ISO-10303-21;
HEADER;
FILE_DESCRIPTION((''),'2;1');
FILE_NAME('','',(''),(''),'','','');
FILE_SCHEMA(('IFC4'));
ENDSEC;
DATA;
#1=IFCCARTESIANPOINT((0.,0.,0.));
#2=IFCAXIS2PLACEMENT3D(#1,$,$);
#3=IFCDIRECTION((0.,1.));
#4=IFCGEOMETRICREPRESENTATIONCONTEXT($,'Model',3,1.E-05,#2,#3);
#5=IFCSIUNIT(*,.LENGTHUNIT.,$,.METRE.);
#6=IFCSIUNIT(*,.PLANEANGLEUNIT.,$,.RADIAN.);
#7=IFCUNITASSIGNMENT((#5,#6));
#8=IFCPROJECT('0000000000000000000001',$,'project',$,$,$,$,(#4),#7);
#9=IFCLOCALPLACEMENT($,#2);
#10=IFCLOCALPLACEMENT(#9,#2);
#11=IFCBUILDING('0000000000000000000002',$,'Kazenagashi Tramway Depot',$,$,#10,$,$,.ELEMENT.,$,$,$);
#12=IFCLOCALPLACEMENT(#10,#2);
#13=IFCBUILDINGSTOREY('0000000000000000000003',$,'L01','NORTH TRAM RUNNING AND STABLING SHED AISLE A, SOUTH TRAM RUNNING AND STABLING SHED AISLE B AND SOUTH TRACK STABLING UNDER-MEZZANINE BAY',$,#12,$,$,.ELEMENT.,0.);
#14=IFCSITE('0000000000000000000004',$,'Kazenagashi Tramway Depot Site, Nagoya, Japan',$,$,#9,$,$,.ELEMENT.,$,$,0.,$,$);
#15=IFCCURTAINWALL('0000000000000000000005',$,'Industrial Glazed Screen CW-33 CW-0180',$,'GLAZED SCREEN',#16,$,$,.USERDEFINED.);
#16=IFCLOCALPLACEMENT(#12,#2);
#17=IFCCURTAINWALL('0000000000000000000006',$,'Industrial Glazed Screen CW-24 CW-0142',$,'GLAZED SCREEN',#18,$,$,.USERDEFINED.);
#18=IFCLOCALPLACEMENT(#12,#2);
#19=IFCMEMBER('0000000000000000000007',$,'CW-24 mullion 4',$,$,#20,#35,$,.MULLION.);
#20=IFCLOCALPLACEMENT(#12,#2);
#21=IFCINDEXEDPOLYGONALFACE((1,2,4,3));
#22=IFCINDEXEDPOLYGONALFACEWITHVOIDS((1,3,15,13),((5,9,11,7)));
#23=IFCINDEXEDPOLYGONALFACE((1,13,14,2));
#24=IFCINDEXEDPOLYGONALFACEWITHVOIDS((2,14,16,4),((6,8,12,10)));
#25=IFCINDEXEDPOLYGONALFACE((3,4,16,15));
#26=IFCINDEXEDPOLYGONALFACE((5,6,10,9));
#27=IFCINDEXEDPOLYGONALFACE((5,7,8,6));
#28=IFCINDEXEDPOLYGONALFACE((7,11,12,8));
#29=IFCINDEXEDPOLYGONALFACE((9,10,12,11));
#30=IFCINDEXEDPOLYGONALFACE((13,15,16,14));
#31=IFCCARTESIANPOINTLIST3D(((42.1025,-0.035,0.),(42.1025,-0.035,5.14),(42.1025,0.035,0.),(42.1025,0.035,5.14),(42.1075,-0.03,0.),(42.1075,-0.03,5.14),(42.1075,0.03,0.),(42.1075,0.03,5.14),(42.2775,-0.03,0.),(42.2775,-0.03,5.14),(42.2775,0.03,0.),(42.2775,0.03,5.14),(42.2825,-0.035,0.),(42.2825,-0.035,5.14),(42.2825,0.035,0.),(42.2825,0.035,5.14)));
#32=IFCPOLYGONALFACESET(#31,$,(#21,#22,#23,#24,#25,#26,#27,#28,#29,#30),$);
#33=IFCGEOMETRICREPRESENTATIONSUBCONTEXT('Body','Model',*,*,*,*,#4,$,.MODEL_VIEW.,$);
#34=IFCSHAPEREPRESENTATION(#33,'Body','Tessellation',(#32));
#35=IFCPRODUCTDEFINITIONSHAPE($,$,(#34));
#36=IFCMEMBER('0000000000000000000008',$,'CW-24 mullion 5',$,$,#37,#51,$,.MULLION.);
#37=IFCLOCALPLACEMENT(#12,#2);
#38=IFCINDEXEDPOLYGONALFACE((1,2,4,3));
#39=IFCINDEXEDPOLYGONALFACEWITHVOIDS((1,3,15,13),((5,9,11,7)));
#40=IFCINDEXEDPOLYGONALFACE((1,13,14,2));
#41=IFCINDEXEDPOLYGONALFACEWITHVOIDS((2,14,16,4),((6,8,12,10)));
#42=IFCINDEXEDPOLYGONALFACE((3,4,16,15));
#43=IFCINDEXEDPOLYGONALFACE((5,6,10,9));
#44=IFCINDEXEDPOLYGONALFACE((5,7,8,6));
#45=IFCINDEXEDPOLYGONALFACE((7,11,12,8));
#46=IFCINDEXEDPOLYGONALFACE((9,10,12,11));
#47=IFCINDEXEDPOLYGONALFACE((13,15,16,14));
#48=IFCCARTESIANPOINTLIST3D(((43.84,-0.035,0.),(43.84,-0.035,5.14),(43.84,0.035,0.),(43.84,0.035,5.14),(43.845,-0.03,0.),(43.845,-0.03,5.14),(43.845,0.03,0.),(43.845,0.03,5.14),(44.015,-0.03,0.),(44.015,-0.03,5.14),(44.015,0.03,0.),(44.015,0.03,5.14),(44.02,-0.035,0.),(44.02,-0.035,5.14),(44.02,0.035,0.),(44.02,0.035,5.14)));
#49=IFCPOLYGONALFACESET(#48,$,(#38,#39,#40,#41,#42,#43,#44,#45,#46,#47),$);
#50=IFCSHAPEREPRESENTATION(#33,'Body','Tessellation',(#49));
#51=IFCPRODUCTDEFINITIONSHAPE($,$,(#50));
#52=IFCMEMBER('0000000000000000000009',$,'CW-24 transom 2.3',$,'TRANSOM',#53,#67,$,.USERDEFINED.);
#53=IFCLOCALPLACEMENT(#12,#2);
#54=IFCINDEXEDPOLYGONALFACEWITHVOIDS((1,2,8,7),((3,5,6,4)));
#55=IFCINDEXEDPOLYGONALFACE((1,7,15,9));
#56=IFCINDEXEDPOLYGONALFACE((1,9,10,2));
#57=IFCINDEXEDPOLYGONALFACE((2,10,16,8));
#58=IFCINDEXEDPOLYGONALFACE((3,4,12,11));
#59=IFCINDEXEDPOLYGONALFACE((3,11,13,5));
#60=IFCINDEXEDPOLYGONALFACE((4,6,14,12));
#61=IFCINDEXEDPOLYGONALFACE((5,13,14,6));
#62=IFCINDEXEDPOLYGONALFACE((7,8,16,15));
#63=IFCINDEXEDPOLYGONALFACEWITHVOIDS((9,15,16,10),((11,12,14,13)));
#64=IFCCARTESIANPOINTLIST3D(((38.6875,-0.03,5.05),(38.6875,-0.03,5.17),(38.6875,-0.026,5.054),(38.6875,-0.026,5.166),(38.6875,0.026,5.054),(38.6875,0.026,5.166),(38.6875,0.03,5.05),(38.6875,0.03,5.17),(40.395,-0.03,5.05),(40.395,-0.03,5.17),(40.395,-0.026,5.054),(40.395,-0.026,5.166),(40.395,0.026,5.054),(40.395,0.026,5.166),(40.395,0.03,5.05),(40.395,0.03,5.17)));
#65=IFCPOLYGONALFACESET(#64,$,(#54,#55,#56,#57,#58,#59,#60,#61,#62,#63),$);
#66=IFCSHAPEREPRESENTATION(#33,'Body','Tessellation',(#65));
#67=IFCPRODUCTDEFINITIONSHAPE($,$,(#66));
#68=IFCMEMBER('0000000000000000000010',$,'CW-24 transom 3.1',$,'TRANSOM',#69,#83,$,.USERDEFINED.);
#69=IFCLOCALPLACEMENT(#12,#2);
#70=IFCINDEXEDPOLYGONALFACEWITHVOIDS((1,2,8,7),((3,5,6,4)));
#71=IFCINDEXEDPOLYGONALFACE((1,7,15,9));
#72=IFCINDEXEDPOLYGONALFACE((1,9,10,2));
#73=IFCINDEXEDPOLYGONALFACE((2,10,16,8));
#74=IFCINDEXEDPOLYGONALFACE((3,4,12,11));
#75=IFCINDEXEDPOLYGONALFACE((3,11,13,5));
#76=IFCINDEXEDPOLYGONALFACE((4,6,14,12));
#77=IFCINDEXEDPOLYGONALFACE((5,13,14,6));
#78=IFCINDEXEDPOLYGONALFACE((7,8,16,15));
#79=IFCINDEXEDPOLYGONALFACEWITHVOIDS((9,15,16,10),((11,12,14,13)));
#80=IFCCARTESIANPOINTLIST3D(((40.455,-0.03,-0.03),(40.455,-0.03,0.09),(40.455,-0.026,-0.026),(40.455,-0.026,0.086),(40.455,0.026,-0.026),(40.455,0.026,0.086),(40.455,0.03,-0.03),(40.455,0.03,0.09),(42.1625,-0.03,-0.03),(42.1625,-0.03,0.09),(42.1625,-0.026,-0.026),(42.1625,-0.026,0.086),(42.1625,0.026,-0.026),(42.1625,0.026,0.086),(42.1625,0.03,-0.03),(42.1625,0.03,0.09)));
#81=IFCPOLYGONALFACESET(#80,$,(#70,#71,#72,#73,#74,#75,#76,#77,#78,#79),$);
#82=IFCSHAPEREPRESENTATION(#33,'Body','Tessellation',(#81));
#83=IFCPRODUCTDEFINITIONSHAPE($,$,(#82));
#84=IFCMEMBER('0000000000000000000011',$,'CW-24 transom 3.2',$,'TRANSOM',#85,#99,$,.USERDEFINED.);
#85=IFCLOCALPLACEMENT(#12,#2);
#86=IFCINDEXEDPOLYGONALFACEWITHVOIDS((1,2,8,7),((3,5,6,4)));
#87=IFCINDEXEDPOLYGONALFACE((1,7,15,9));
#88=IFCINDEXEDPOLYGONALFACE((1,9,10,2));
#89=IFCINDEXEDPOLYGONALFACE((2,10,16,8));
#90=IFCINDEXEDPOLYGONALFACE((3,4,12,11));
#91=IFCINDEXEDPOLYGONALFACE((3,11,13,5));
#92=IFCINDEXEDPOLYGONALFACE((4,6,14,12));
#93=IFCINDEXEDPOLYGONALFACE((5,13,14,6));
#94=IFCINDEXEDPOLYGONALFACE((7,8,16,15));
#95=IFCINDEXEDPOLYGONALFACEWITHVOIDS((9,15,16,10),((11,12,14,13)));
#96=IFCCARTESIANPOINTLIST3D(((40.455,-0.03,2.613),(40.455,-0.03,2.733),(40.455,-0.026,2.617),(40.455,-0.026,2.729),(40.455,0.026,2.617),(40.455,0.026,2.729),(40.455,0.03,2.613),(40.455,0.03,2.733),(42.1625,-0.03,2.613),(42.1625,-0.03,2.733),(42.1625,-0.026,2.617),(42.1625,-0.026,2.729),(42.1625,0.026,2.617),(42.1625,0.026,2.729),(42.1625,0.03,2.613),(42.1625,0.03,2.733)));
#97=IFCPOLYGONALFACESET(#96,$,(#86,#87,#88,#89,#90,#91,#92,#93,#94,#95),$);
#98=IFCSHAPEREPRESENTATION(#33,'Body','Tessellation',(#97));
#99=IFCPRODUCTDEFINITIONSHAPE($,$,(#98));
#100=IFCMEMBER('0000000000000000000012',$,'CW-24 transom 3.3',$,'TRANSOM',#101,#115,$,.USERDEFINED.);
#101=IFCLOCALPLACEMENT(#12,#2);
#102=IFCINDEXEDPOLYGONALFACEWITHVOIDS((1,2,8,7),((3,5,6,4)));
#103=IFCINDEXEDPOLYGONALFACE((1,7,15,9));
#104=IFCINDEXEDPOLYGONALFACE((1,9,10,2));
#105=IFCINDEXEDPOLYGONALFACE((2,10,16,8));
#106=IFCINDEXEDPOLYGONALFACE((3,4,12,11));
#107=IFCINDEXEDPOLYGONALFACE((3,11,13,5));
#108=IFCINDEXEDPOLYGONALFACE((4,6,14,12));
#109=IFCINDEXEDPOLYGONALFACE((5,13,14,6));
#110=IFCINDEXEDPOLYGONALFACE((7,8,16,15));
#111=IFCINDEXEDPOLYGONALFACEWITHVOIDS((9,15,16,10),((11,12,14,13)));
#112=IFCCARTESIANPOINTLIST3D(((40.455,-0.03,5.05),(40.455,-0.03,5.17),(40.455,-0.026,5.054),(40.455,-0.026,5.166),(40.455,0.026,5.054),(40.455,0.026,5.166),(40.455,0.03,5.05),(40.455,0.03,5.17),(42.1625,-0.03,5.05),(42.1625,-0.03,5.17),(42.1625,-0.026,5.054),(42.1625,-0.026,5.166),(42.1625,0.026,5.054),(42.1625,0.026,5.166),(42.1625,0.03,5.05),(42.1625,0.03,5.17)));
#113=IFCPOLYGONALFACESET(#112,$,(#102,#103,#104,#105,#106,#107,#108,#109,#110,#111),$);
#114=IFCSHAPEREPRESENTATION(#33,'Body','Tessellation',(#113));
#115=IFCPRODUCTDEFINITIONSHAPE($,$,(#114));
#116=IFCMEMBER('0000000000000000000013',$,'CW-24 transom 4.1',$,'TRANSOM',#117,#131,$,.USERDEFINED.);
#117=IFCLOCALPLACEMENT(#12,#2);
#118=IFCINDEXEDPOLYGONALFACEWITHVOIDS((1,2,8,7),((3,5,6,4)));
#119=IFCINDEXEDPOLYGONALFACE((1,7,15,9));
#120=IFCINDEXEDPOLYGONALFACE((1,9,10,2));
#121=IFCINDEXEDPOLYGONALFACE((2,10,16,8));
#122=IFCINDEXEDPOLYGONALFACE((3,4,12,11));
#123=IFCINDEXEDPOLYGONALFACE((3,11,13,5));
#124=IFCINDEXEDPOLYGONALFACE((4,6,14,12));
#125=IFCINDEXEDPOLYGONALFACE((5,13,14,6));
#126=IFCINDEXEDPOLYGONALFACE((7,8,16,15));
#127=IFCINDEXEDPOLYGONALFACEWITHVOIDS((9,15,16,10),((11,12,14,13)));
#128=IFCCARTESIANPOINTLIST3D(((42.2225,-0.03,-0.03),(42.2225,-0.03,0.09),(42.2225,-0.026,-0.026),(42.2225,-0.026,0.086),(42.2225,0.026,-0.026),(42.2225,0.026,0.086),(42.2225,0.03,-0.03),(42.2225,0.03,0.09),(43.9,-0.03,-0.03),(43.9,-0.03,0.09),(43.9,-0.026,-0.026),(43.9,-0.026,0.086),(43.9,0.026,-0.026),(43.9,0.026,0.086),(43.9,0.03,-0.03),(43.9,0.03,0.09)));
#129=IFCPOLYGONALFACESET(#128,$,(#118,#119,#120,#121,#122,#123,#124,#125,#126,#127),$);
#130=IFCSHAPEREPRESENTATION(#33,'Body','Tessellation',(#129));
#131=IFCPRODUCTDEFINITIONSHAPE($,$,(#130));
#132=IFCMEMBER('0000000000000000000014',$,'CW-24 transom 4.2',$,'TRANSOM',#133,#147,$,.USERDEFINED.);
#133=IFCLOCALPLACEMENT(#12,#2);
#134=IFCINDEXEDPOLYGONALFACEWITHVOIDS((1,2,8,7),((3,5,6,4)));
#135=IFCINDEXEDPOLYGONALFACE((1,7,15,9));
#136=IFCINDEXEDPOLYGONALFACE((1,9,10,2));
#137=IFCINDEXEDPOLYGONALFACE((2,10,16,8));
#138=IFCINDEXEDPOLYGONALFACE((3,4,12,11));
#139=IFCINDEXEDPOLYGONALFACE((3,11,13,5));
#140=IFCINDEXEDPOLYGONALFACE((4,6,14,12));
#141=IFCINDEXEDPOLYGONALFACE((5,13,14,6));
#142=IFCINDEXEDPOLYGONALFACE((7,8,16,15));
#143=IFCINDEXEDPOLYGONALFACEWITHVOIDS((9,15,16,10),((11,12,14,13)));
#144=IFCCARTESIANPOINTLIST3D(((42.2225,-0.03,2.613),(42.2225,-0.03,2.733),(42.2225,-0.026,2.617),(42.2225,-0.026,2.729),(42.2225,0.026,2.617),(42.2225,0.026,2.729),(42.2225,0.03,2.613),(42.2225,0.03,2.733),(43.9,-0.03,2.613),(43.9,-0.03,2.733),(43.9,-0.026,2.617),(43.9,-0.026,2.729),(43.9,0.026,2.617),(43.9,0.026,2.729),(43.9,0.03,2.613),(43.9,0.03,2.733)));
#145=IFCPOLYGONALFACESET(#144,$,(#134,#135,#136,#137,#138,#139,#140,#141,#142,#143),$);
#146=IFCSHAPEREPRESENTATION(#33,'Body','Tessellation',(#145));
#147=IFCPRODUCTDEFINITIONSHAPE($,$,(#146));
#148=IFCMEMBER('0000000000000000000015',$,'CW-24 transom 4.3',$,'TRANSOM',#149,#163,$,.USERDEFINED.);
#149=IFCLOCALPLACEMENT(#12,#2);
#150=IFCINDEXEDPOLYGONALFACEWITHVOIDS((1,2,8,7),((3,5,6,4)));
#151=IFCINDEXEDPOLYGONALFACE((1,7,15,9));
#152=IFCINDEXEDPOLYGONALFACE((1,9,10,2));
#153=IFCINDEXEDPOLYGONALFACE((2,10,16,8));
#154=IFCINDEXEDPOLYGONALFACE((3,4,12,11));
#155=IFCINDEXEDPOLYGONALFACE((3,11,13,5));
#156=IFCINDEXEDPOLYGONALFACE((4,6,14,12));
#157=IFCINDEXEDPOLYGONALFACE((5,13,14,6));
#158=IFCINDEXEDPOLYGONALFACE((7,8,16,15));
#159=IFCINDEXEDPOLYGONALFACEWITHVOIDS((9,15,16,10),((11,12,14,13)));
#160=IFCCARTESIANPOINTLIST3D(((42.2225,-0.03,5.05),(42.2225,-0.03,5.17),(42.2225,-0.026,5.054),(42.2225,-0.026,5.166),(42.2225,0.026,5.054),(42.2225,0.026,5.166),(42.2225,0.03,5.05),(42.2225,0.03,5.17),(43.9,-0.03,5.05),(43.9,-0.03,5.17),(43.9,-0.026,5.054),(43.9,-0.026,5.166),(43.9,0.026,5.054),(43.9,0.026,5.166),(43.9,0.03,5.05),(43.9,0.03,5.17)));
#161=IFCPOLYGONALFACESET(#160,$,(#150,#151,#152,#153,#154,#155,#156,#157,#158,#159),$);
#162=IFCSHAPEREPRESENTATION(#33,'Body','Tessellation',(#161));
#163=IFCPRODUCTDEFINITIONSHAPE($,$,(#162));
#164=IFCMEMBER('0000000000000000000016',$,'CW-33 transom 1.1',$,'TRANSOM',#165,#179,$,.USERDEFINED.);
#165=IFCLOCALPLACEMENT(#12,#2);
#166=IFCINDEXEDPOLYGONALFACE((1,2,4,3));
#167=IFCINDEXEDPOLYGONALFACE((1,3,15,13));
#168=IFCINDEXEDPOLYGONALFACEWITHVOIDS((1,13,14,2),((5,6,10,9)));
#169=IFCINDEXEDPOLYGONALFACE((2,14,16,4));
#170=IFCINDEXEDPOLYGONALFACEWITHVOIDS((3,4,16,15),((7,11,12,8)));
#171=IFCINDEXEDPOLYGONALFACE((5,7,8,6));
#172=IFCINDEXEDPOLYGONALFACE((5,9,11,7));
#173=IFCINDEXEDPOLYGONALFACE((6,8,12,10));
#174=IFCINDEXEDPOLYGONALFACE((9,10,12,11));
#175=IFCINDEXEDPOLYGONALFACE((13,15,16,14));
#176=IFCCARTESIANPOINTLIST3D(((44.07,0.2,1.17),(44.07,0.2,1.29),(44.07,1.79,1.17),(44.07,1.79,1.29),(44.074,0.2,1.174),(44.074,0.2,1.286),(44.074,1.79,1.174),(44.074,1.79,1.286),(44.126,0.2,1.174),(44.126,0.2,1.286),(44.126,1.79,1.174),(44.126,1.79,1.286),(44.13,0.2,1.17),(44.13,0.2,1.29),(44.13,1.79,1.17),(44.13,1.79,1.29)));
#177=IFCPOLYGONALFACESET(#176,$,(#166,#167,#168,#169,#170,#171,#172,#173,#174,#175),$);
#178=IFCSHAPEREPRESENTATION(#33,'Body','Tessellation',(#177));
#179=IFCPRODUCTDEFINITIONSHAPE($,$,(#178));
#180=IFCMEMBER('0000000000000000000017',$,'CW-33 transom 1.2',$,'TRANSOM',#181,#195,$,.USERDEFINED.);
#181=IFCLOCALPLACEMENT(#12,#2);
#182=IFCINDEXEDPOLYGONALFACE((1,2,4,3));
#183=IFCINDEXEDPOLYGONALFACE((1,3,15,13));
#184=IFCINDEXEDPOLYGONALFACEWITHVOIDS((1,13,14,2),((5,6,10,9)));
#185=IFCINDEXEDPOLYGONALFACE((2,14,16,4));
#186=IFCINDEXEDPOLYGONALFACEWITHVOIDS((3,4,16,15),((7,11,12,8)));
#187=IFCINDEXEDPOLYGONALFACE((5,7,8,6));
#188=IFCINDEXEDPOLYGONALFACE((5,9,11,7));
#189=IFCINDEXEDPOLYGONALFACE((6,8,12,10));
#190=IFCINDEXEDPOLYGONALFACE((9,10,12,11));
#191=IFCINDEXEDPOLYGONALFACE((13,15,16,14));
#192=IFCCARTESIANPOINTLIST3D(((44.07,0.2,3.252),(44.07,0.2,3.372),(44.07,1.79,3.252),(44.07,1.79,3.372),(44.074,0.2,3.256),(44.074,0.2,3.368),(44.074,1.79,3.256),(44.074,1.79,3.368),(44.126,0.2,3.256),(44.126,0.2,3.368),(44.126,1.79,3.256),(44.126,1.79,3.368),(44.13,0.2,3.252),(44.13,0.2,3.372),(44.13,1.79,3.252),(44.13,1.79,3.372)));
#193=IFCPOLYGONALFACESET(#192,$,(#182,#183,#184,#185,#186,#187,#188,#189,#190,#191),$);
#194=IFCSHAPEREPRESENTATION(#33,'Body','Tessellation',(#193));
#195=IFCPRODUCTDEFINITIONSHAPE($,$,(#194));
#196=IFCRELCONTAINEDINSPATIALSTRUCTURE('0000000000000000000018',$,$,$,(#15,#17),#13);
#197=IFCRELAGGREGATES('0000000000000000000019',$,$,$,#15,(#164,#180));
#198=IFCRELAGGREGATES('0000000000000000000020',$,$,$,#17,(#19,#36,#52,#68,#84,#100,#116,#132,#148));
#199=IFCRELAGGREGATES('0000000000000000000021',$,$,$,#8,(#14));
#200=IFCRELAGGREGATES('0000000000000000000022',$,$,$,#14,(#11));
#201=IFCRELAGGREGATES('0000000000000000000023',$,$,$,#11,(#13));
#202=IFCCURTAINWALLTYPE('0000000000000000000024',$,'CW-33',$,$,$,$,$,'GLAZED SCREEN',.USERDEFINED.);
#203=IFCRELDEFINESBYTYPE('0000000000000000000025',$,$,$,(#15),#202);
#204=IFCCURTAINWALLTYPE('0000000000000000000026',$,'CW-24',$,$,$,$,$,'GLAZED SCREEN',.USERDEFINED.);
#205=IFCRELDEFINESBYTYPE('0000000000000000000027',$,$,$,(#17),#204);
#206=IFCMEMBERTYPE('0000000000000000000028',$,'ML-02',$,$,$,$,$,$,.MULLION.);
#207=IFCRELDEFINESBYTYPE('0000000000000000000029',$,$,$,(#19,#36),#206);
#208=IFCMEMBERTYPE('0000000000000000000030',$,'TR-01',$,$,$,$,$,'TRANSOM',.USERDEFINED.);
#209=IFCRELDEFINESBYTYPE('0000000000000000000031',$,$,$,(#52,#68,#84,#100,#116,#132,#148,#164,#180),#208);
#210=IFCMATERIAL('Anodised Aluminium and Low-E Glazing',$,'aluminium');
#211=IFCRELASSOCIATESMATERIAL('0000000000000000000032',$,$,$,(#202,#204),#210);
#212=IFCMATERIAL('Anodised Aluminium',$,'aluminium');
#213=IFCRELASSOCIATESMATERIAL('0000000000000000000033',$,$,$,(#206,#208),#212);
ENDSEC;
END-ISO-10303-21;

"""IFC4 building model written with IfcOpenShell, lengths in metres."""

from ifc_helpers import new_model, si_unit, direction, frame, origin, origin_2d, place, context, subcontext, project, spatial, hollow_rectangle, extrude, material, material_profile, profile_set, type_object, element, aggregate, save


model = new_model("IFC4")

# Units and contexts
model_context = context("Model", 3, precision=1e-05, world=origin(), true_north=direction((0.0, 1.0)))
body_context = subcontext(model_context, "Body", "Model", "MODEL_VIEW")
ifc_project = project(units=[si_unit("LENGTHUNIT", "METRE"), si_unit("PLANEANGLEUNIT", "RADIAN")], contexts=[model_context])

# Site, building, storey
site_placement = place(None, origin())
site = spatial("IfcSite", under=ifc_project, at=site_placement, Name="Kazenagashi Tramway Depot Site, Nagoya, Japan", CompositionType="ELEMENT", RefElevation=0.0)
building_placement = place(site_placement, origin())
building = spatial("IfcBuilding", under=site, at=building_placement, Name="Kazenagashi Tramway Depot", CompositionType="ELEMENT")
storey_placement = place(building_placement, origin())
storey = spatial("IfcBuildingStorey", under=building, at=storey_placement, Name="L01", Description="NORTH TRAM RUNNING AND STABLING SHED AISLE A, SOUTH TRAM RUNNING AND STABLING SHED AISLE B AND SOUTH TRACK STABLING UNDER-MEZZANINE BAY", CompositionType="ELEMENT", Elevation=0.0)

# Curtain walls, members
ifc_material_1 = material(Name="Anodised Aluminium and Low-E Glazing", Category="aluminium")
curtain_wall_type_1 = type_object("IfcCurtainWallType", Name="CW-33", ElementType="GLAZED SCREEN", PredefinedType="USERDEFINED", material=ifc_material_1)
curtain_wall_1_placement = place(storey_placement, origin())
curtain_wall_1 = element("IfcCurtainWall", 1, at=curtain_wall_1_placement, inside=storey, type_object=curtain_wall_type_1, Name="Industrial Glazed Screen CW-33 CW-0180", ObjectType="GLAZED SCREEN", PredefinedType="USERDEFINED")
ifc_material_2 = material(Name="Anodised Aluminium", Category="aluminium")
curtain_wall_type_2 = type_object("IfcCurtainWallType", Name="CW-24", ElementType="GLAZED SCREEN", PredefinedType="USERDEFINED", material=ifc_material_1)
curtain_wall_2_placement = place(storey_placement, origin())
curtain_wall_2 = element("IfcCurtainWall", 2, at=curtain_wall_2_placement, inside=storey, type_object=curtain_wall_type_2, Name="Industrial Glazed Screen CW-24 CW-0142", ObjectType="GLAZED SCREEN", PredefinedType="USERDEFINED")
ifc_material_profile_1 = material_profile(ifc_material_2, hollow_rectangle(XDim=0.07, YDim=0.18, WallThickness=0.005, at=origin_2d()), Name="RHS-180x70x5")
ifc_profile_set_1 = profile_set([ifc_material_profile_1], Name="Anodised Aluminium")
member_type_1 = type_object("IfcMemberType", Name="ML-02", PredefinedType="MULLION", material=ifc_profile_set_1)
member_1_placement = place(storey_placement, frame((42.1925, 0.0, 0.0), z_axis=(0.0, 0.0, 1.0), x_axis=(0.0, 1.0, 0.0)))
member_1 = element("IfcMember", 3, at=member_1_placement, type_object=member_type_1, Name="CW-24 mullion 4", PredefinedType="MULLION", context=body_context, shape_type="SweptSolid", body=[
    extrude(hollow_rectangle(XDim=0.07, YDim=0.18, WallThickness=0.005, at=origin_2d()), origin(), (0.0, 0.0, 1.0), 5.14),
])
member_2_placement = place(storey_placement, frame((43.93, 0.0, 0.0), z_axis=(0.0, 0.0, 1.0), x_axis=(0.0, 1.0, 0.0)))
member_2 = element("IfcMember", 4, at=member_2_placement, type_object=member_type_1, Name="CW-24 mullion 5", PredefinedType="MULLION", context=body_context, shape_type="SweptSolid", body=[
    extrude(hollow_rectangle(XDim=0.07, YDim=0.18, WallThickness=0.005, at=origin_2d()), origin(), (0.0, 0.0, 1.0), 5.14),
])
ifc_material_profile_2 = material_profile(ifc_material_2, hollow_rectangle(XDim=0.06, YDim=0.12, WallThickness=0.004, at=origin_2d()), Name="RHS-120x60x4")
ifc_profile_set_2 = profile_set([ifc_material_profile_2], Name="Anodised Aluminium")
member_type_2 = type_object("IfcMemberType", Name="TR-01", ElementType="TRANSOM", PredefinedType="USERDEFINED", material=ifc_profile_set_2)
member_3_placement = place(storey_placement, frame((38.6875, 0.0, 5.11), z_axis=(1.0, 0.0, 0.0), x_axis=(0.0, 1.0, 0.0)))
member_3 = element("IfcMember", 5, at=member_3_placement, type_object=member_type_2, Name="CW-24 transom 2.3", ObjectType="TRANSOM", PredefinedType="USERDEFINED", context=body_context, shape_type="SweptSolid", body=[
    extrude(hollow_rectangle(XDim=0.06, YDim=0.12, WallThickness=0.004, at=origin_2d()), origin(), (0.0, 0.0, 1.0), 1.7075),
])
member_4_placement = place(storey_placement, frame((40.455, 0.0, 0.03), z_axis=(1.0, 0.0, 0.0), x_axis=(0.0, 1.0, 0.0)))
member_4 = element("IfcMember", 6, at=member_4_placement, type_object=member_type_2, Name="CW-24 transom 3.1", ObjectType="TRANSOM", PredefinedType="USERDEFINED", context=body_context, shape_type="SweptSolid", body=[
    extrude(hollow_rectangle(XDim=0.06, YDim=0.12, WallThickness=0.004, at=origin_2d()), origin(), (0.0, 0.0, 1.0), 1.7075),
])
member_5_placement = place(storey_placement, frame((40.455, 0.0, 2.673), z_axis=(1.0, 0.0, 0.0), x_axis=(0.0, 1.0, 0.0)))
member_5 = element("IfcMember", 7, at=member_5_placement, type_object=member_type_2, Name="CW-24 transom 3.2", ObjectType="TRANSOM", PredefinedType="USERDEFINED", context=body_context, shape_type="SweptSolid", body=[
    extrude(hollow_rectangle(XDim=0.06, YDim=0.12, WallThickness=0.004, at=origin_2d()), origin(), (0.0, 0.0, 1.0), 1.7075),
])
member_6_placement = place(storey_placement, frame((40.455, 0.0, 5.11), z_axis=(1.0, 0.0, 0.0), x_axis=(0.0, 1.0, 0.0)))
member_6 = element("IfcMember", 8, at=member_6_placement, type_object=member_type_2, Name="CW-24 transom 3.3", ObjectType="TRANSOM", PredefinedType="USERDEFINED", context=body_context, shape_type="SweptSolid", body=[
    extrude(hollow_rectangle(XDim=0.06, YDim=0.12, WallThickness=0.004, at=origin_2d()), origin(), (0.0, 0.0, 1.0), 1.7075),
])
member_7_placement = place(storey_placement, frame((42.2225, 0.0, 0.03), z_axis=(1.0, 0.0, 0.0), x_axis=(0.0, 1.0, 0.0)))
member_7 = element("IfcMember", 9, at=member_7_placement, type_object=member_type_2, Name="CW-24 transom 4.1", ObjectType="TRANSOM", PredefinedType="USERDEFINED", context=body_context, shape_type="SweptSolid", body=[
    extrude(hollow_rectangle(XDim=0.06, YDim=0.12, WallThickness=0.004, at=origin_2d()), origin(), (0.0, 0.0, 1.0), 1.6775),
])
member_8_placement = place(storey_placement, frame((42.2225, 0.0, 2.673), z_axis=(1.0, 0.0, 0.0), x_axis=(0.0, 1.0, 0.0)))
member_8 = element("IfcMember", 10, at=member_8_placement, type_object=member_type_2, Name="CW-24 transom 4.2", ObjectType="TRANSOM", PredefinedType="USERDEFINED", context=body_context, shape_type="SweptSolid", body=[
    extrude(hollow_rectangle(XDim=0.06, YDim=0.12, WallThickness=0.004, at=origin_2d()), origin(), (0.0, 0.0, 1.0), 1.6775),
])
member_9_placement = place(storey_placement, frame((42.2225, 0.0, 5.11), z_axis=(1.0, 0.0, 0.0), x_axis=(0.0, 1.0, 0.0)))
member_9 = element("IfcMember", 11, at=member_9_placement, type_object=member_type_2, Name="CW-24 transom 4.3", ObjectType="TRANSOM", PredefinedType="USERDEFINED", context=body_context, shape_type="SweptSolid", body=[
    extrude(hollow_rectangle(XDim=0.06, YDim=0.12, WallThickness=0.004, at=origin_2d()), origin(), (0.0, 0.0, 1.0), 1.6775),
])

# Members
member_10_placement = place(storey_placement, frame((44.1, 0.2, 1.23), z_axis=(0.0, 1.0, 0.0), x_axis=(-1.0, 0.0, 0.0)))
member_10 = element("IfcMember", 12, at=member_10_placement, type_object=member_type_2, Name="CW-33 transom 1.1", ObjectType="TRANSOM", PredefinedType="USERDEFINED", context=body_context, shape_type="SweptSolid", body=[
    extrude(hollow_rectangle(XDim=0.06, YDim=0.12, WallThickness=0.004, at=origin_2d()), origin(), (0.0, 0.0, 1.0), 1.59),
])
member_11_placement = place(storey_placement, frame((44.1, 0.2, 3.312), z_axis=(0.0, 1.0, 0.0), x_axis=(-1.0, 0.0, 0.0)))
member_11 = element("IfcMember", 13, at=member_11_placement, type_object=member_type_2, Name="CW-33 transom 1.2", ObjectType="TRANSOM", PredefinedType="USERDEFINED", context=body_context, shape_type="SweptSolid", body=[
    extrude(hollow_rectangle(XDim=0.06, YDim=0.12, WallThickness=0.004, at=origin_2d()), origin(), (0.0, 0.0, 1.0), 1.59),
])

aggregate(curtain_wall_1, [member_10, member_11])
aggregate(curtain_wall_2, [member_1, member_2, member_3, member_4, member_5, member_6, member_7, member_8, member_9])

save(model, "model.ifc")
